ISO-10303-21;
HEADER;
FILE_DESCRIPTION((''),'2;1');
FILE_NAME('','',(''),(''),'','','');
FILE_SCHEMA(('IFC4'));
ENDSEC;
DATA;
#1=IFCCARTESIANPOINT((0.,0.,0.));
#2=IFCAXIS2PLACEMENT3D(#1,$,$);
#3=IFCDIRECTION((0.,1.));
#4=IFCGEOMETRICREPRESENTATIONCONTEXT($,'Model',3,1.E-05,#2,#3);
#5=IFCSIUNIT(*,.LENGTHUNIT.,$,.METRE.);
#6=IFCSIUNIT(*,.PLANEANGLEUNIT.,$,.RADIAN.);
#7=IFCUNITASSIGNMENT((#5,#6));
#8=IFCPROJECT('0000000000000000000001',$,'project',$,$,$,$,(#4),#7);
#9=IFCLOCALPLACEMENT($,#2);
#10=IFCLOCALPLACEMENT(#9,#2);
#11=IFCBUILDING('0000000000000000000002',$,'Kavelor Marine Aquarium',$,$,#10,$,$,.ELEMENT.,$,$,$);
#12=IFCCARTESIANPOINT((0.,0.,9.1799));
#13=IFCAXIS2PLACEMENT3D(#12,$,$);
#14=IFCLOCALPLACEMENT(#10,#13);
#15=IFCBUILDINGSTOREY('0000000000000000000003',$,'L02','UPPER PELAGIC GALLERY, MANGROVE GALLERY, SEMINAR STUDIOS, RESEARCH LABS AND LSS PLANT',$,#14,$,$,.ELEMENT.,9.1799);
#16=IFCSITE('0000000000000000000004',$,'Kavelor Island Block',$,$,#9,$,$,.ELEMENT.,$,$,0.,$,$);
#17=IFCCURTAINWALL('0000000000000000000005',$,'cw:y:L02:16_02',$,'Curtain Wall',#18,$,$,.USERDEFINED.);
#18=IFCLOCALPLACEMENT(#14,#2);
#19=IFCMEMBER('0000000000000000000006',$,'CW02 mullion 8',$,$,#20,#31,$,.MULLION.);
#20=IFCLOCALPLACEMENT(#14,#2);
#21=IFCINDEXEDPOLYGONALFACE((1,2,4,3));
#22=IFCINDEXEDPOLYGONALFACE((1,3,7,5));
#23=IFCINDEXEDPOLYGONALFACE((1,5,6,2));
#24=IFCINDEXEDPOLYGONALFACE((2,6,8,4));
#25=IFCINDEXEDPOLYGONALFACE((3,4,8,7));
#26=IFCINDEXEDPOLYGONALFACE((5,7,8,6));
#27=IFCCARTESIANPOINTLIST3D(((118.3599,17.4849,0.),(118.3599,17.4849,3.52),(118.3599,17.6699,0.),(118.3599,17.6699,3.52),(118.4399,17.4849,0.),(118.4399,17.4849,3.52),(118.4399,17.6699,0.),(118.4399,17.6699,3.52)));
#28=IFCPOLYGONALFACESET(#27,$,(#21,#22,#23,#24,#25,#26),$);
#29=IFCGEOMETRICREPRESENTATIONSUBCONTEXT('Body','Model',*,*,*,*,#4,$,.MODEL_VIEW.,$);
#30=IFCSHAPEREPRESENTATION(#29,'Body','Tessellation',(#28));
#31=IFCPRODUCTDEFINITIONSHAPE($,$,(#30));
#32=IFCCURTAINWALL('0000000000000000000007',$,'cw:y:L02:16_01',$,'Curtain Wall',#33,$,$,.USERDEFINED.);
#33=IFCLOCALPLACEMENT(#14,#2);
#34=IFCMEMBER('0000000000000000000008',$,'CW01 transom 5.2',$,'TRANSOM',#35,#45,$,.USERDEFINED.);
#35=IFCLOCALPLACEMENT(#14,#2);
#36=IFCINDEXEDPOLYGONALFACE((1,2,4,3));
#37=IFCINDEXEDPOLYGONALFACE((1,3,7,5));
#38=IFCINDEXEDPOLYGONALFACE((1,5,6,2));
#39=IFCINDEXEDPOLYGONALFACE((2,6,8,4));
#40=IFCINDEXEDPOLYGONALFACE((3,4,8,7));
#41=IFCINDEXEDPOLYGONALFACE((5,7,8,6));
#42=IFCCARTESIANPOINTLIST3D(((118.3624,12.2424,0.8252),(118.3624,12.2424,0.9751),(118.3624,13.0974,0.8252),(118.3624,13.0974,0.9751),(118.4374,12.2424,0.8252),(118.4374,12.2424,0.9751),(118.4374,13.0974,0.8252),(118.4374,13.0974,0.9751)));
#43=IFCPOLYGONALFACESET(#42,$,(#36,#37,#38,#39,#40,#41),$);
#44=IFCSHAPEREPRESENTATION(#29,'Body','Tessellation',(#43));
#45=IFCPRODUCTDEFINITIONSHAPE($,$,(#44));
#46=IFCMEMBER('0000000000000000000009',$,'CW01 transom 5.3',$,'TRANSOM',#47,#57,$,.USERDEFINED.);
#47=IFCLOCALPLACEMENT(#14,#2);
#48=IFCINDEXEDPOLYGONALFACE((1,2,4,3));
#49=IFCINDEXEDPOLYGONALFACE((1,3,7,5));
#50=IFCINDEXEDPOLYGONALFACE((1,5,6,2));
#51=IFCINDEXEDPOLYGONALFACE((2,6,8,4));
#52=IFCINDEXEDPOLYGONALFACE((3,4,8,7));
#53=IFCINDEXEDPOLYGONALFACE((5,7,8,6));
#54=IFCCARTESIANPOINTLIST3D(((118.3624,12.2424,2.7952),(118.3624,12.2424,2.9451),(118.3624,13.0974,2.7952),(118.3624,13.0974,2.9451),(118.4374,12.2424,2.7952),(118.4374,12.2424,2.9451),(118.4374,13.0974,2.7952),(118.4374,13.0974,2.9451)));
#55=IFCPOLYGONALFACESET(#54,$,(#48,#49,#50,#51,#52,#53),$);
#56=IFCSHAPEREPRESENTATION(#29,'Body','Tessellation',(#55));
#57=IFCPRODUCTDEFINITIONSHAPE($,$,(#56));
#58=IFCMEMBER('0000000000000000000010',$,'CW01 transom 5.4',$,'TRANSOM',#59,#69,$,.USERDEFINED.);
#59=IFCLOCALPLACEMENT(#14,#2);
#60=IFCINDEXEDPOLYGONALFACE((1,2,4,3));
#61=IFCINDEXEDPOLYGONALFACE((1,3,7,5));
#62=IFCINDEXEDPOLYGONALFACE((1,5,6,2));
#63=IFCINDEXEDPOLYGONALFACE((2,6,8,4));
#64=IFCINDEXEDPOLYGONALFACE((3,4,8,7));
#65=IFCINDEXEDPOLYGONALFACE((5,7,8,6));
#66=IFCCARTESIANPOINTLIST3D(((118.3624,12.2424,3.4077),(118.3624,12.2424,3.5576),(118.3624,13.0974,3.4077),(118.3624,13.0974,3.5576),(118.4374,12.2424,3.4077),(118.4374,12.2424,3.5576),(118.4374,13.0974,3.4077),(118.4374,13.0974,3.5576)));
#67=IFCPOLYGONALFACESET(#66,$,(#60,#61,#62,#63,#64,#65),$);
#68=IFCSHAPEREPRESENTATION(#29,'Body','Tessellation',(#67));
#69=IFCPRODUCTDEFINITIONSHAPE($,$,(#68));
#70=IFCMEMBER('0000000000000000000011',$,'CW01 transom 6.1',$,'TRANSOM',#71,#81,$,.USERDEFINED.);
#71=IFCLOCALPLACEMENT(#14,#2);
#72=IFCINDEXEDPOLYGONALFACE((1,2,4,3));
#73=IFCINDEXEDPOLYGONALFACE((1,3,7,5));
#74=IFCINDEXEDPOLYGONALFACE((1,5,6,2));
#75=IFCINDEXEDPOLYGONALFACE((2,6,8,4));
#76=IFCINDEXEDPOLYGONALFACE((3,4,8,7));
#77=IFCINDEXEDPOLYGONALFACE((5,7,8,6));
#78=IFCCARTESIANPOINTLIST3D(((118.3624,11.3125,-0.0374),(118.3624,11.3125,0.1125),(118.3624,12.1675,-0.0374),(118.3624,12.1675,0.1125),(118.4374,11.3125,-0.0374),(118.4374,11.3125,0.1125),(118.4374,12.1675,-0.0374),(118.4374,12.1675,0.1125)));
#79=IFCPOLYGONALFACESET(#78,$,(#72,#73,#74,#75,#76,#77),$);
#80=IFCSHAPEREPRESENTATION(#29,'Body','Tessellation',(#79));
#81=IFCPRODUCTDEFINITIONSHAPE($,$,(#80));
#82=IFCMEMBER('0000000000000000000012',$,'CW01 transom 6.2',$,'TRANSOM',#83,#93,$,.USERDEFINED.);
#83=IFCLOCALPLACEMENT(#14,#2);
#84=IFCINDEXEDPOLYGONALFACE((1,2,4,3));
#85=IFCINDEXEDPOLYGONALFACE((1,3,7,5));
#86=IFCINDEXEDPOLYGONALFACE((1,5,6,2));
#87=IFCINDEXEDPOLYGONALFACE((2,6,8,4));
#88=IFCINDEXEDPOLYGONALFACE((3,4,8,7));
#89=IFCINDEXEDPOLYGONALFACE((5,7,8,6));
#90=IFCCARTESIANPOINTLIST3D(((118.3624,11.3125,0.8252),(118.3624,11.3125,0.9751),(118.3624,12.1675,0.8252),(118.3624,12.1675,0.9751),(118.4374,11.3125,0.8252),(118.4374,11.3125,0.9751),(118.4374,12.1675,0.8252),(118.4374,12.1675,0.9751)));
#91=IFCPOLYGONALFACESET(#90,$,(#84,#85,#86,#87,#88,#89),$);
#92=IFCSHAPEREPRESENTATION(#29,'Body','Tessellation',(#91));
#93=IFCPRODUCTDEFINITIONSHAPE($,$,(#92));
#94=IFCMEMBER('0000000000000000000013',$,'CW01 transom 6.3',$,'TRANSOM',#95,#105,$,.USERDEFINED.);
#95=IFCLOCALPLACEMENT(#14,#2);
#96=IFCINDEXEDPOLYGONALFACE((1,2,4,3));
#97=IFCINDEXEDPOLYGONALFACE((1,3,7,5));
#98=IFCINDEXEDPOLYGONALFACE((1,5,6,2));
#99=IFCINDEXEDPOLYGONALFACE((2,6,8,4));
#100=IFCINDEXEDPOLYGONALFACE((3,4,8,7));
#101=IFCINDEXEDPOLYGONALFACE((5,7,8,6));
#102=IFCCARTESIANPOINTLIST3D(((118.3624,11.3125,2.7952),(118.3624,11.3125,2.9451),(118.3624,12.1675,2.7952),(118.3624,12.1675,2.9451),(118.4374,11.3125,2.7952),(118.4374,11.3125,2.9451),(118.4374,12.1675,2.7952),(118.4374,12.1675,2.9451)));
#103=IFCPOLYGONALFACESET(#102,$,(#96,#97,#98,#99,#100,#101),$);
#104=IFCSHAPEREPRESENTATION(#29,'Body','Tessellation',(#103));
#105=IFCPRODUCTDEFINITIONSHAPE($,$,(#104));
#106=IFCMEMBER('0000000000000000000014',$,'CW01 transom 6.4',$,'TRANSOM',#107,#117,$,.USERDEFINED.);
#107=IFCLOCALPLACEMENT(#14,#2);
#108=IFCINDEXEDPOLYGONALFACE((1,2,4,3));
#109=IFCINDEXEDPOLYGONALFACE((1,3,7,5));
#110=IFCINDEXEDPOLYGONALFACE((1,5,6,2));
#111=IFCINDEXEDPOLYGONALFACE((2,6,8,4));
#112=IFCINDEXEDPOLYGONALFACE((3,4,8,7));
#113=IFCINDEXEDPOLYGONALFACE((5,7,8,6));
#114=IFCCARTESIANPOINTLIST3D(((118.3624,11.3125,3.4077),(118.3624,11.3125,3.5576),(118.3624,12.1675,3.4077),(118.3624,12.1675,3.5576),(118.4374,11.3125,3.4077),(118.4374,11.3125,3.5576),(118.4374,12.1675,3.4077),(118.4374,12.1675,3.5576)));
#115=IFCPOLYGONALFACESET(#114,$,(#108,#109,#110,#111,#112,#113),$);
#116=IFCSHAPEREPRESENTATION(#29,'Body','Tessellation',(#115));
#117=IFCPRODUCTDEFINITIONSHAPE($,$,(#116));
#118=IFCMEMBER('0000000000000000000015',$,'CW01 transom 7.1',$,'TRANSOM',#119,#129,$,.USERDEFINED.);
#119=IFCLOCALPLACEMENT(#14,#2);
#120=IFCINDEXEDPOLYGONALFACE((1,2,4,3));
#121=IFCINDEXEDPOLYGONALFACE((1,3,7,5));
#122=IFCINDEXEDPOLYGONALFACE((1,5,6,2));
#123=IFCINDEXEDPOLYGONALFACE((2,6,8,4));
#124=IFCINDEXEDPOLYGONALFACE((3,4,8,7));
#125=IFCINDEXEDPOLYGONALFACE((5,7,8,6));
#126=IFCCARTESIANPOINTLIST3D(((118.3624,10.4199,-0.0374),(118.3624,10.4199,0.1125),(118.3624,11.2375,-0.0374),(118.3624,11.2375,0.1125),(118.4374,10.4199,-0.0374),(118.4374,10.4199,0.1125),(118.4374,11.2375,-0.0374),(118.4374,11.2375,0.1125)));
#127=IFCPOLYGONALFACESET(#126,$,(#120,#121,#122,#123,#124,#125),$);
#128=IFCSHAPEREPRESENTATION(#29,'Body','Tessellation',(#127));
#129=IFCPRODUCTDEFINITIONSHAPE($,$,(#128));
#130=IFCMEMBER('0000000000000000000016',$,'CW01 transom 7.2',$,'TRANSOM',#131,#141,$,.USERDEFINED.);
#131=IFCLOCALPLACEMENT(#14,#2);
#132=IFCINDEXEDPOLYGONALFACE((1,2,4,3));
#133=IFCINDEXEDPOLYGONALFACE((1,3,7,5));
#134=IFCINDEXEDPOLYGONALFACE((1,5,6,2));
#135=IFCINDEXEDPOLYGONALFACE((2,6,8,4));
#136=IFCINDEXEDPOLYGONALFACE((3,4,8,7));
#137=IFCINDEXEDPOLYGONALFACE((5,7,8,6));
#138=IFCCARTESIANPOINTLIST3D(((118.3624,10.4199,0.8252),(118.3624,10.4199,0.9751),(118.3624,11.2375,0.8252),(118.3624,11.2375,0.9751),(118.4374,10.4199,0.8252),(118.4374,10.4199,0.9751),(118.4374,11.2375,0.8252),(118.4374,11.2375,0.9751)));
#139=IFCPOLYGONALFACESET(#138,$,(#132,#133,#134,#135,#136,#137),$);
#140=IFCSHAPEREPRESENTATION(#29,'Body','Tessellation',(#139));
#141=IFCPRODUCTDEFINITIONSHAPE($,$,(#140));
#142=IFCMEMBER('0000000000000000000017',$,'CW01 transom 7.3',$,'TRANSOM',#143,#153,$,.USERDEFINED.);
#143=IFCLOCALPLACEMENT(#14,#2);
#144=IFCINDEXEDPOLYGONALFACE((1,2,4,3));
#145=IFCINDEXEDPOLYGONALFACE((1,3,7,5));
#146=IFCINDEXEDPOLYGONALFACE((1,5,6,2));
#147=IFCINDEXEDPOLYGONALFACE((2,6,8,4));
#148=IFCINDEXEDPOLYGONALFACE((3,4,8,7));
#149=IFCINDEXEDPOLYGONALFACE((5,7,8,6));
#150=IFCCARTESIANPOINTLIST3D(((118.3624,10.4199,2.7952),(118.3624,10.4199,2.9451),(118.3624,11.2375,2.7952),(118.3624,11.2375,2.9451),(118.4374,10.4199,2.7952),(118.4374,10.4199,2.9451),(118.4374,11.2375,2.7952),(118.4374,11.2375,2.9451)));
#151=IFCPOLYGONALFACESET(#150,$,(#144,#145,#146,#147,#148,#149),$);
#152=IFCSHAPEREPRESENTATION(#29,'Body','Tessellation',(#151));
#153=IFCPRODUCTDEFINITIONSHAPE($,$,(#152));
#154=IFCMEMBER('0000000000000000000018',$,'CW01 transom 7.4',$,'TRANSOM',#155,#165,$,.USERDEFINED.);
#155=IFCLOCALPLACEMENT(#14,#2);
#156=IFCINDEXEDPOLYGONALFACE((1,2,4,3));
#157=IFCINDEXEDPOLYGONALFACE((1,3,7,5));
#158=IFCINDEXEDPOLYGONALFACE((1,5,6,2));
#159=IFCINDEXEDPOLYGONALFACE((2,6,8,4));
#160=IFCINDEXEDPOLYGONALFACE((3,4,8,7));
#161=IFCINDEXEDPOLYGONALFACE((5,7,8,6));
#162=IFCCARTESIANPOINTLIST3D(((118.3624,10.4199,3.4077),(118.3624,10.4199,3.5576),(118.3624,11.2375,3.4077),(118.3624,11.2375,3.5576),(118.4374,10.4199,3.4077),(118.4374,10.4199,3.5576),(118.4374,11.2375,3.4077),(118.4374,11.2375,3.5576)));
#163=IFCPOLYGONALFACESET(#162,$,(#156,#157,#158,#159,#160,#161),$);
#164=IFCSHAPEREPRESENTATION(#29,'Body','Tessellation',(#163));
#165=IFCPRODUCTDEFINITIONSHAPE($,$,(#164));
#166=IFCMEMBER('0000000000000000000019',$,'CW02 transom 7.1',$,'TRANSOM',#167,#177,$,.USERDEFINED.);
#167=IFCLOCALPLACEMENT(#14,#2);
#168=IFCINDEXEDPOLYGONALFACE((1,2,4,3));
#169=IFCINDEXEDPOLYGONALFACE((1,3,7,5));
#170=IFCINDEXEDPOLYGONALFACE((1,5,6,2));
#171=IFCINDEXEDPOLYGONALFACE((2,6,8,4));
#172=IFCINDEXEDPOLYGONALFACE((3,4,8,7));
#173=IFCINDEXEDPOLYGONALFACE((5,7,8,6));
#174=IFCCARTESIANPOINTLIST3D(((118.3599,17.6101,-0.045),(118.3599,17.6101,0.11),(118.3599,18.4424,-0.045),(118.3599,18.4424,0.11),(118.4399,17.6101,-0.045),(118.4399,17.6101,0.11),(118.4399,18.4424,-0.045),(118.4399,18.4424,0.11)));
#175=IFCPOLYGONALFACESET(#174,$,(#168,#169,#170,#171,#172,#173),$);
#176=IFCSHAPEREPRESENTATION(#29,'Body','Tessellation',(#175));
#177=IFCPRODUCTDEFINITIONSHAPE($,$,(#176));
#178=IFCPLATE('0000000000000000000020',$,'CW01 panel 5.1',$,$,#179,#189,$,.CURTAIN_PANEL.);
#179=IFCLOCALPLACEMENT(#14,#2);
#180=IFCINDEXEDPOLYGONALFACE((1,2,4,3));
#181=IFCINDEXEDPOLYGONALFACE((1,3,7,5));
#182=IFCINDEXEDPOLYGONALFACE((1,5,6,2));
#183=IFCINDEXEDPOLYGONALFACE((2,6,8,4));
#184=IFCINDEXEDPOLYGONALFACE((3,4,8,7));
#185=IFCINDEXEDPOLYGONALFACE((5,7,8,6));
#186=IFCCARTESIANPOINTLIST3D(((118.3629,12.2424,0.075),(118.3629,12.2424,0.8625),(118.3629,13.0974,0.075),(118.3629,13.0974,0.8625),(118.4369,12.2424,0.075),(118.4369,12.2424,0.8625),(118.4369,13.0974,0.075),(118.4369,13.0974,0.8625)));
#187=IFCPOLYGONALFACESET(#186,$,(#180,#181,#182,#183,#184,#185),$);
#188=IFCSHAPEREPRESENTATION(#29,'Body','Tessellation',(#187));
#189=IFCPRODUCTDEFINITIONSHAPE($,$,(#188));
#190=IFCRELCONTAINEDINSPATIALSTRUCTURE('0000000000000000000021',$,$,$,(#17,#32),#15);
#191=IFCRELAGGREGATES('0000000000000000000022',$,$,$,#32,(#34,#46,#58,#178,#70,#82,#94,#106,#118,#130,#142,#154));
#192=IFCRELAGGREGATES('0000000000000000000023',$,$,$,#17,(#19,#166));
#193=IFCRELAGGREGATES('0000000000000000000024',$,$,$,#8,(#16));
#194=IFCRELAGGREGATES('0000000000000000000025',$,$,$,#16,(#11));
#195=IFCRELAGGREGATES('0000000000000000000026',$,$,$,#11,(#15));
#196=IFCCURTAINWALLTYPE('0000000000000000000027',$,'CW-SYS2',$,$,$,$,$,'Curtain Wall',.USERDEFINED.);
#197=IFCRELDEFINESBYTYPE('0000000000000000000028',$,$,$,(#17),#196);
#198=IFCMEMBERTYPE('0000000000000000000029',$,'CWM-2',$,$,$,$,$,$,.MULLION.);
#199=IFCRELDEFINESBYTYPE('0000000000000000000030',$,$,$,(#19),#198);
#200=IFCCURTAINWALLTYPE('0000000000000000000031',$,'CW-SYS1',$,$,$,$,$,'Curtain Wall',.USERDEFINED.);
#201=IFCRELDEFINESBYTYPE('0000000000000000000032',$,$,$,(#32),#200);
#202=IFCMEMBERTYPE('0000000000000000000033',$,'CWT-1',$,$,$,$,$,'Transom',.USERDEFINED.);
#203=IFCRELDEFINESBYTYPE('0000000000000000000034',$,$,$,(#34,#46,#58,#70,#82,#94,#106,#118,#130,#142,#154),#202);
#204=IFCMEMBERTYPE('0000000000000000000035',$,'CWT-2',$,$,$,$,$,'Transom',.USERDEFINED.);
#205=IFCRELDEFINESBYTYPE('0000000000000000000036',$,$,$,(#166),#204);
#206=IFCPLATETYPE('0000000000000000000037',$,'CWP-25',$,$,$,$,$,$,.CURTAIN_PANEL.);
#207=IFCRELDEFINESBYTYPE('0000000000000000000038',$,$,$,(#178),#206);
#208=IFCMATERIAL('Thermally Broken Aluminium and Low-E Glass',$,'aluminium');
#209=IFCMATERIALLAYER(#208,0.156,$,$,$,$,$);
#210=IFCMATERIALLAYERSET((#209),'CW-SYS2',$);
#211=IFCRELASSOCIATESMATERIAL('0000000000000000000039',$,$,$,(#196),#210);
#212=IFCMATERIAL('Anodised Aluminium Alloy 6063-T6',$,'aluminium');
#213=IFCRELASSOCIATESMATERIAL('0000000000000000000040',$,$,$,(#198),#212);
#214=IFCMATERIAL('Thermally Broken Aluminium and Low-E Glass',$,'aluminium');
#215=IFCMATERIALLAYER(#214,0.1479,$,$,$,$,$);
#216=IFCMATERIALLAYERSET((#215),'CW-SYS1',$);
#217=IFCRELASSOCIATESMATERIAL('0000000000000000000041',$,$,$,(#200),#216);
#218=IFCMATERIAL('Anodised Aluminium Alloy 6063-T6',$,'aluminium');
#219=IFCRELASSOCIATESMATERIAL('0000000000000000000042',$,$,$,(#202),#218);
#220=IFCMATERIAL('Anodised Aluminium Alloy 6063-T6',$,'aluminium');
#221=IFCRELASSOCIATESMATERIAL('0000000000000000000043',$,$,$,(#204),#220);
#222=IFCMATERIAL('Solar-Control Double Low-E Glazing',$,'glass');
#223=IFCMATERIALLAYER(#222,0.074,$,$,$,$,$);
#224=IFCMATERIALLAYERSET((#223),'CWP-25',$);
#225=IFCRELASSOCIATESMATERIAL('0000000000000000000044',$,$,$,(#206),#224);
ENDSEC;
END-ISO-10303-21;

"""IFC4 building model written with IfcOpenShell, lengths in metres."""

from ifc_helpers import new_model, si_unit, direction, frame, origin, origin_2d, place, context, subcontext, project, spatial, rectangle, extrude, material, layer, layer_set, material_profile, profile_set, type_object, element, aggregate, save


model = new_model("IFC4")

# Units and contexts
model_context = context("Model", 3, precision=1e-05, world=origin(), true_north=direction((0.0, 1.0)))
body_context = subcontext(model_context, "Body", "Model", "MODEL_VIEW")
ifc_project = project(units=[si_unit("LENGTHUNIT", "METRE"), si_unit("PLANEANGLEUNIT", "RADIAN")], contexts=[model_context])

# Site, building, storey
site_placement = place(None, origin())
site = spatial("IfcSite", under=ifc_project, at=site_placement, Name="Kavelor Island Block", CompositionType="ELEMENT", RefElevation=0.0)
building_placement = place(site_placement, origin())
building = spatial("IfcBuilding", under=site, at=building_placement, Name="Kavelor Marine Aquarium", CompositionType="ELEMENT")
storey_placement = place(building_placement, frame((0.0, 0.0, 9.1799)))
storey = spatial("IfcBuildingStorey", under=building, at=storey_placement, Name="L02", Description="UPPER PELAGIC GALLERY, MANGROVE GALLERY, SEMINAR STUDIOS, RESEARCH LABS AND LSS PLANT", CompositionType="ELEMENT", Elevation=9.1799)

# Curtain wall, member
ifc_material_1 = material(Name="Thermally Broken Aluminium and Low-E Glass", Category="aluminium")
ifc_layer_1 = layer(ifc_material_1, 0.156)
ifc_layer_set_1 = layer_set([ifc_layer_1], Name="CW-SYS2")
curtain_wall_type_1 = type_object("IfcCurtainWallType", Name="CW-SYS2", ElementType="Curtain Wall", PredefinedType="USERDEFINED", material=ifc_layer_set_1)
curtain_wall_1_placement = place(storey_placement, origin())
curtain_wall_1 = element("IfcCurtainWall", 1, at=curtain_wall_1_placement, inside=storey, type_object=curtain_wall_type_1, Name="cw:y:L02:16_02", ObjectType="Curtain Wall", PredefinedType="USERDEFINED")
ifc_material_2 = material(Name="Anodised Aluminium Alloy 6063-T6", Category="aluminium")
ifc_material_profile_1 = material_profile(ifc_material_2, rectangle(XDim=0.0801, YDim=0.1851, at=origin_2d()), Name="CW-MUL 80x185")
ifc_profile_set_1 = profile_set([ifc_material_profile_1], Name="Anodised Aluminium Alloy 6063-T6")
member_type_1 = type_object("IfcMemberType", Name="CWM-2", PredefinedType="MULLION", material=ifc_profile_set_1)
member_1_placement = place(storey_placement, frame((118.3999, 17.5774, 0.0), z_axis=(0.0, 0.0, 1.0), x_axis=(1.0, 0.0, 0.0)))
member_1 = element("IfcMember", 2, at=member_1_placement, type_object=member_type_1, Name="CW02 mullion 8", PredefinedType="MULLION", context=body_context, shape_type="SweptSolid", body=[
    extrude(rectangle(XDim=0.0801, YDim=0.1851, at=origin_2d()), origin(), (0.0, 0.0, 1.0), 3.52),
])

# Curtain wall, members
ifc_material_3 = material(Name="Thermally Broken Aluminium and Low-E Glass", Category="aluminium")
ifc_layer_2 = layer(ifc_material_3, 0.1479)
ifc_layer_set_2 = layer_set([ifc_layer_2], Name="CW-SYS1")
curtain_wall_type_2 = type_object("IfcCurtainWallType", Name="CW-SYS1", ElementType="Curtain Wall", PredefinedType="USERDEFINED", material=ifc_layer_set_2)
curtain_wall_2_placement = place(storey_placement, origin())
curtain_wall_2 = element("IfcCurtainWall", 3, at=curtain_wall_2_placement, inside=storey, type_object=curtain_wall_type_2, Name="cw:y:L02:16_01", ObjectType="Curtain Wall", PredefinedType="USERDEFINED")
ifc_material_4 = material(Name="Anodised Aluminium Alloy 6063-T6", Category="aluminium")
ifc_material_profile_2 = material_profile(ifc_material_4, rectangle(XDim=0.075, YDim=0.1499, at=origin_2d()), Name="CW-TRN 75x150")
ifc_profile_set_2 = profile_set([ifc_material_profile_2], Name="Anodised Aluminium Alloy 6063-T6")
member_type_2 = type_object("IfcMemberType", Name="CWT-1", ElementType="Transom", PredefinedType="USERDEFINED", material=ifc_profile_set_2)
member_2_placement = place(storey_placement, frame((118.3999, 13.0974, 0.9001), z_axis=(0.0, -1.0, 0.0), x_axis=(1.0, 0.0, 0.0)))
member_2 = element("IfcMember", 4, at=member_2_placement, type_object=member_type_2, Name="CW01 transom 5.2", ObjectType="TRANSOM", PredefinedType="USERDEFINED", context=body_context, shape_type="SweptSolid", body=[
    extrude(rectangle(XDim=0.075, YDim=0.1499, at=origin_2d()), origin(), (0.0, 0.0, 1.0), 0.855),
])
member_3_placement = place(storey_placement, frame((118.3999, 13.0974, 2.8701), z_axis=(0.0, -1.0, 0.0), x_axis=(1.0, 0.0, 0.0)))
member_3 = element("IfcMember", 5, at=member_3_placement, type_object=member_type_2, Name="CW01 transom 5.3", ObjectType="TRANSOM", PredefinedType="USERDEFINED", context=body_context, shape_type="SweptSolid", body=[
    extrude(rectangle(XDim=0.075, YDim=0.1499, at=origin_2d()), origin(), (0.0, 0.0, 1.0), 0.855),
])
member_4_placement = place(storey_placement, frame((118.3999, 13.0974, 3.4827), z_axis=(0.0, -1.0, 0.0), x_axis=(1.0, 0.0, 0.0)))
member_4 = element("IfcMember", 6, at=member_4_placement, type_object=member_type_2, Name="CW01 transom 5.4", ObjectType="TRANSOM", PredefinedType="USERDEFINED", context=body_context, shape_type="SweptSolid", body=[
    extrude(rectangle(XDim=0.075, YDim=0.1499, at=origin_2d()), origin(), (0.0, 0.0, 1.0), 0.855),
])
member_5_placement = place(storey_placement, frame((118.3999, 12.1675, 0.0376), z_axis=(0.0, -1.0, 0.0), x_axis=(1.0, 0.0, 0.0)))
member_5 = element("IfcMember", 7, at=member_5_placement, type_object=member_type_2, Name="CW01 transom 6.1", ObjectType="TRANSOM", PredefinedType="USERDEFINED", context=body_context, shape_type="SweptSolid", body=[
    extrude(rectangle(XDim=0.075, YDim=0.1499, at=origin_2d()), origin(), (0.0, 0.0, 1.0), 0.855),
])
member_6_placement = place(storey_placement, frame((118.3999, 12.1675, 0.9001), z_axis=(0.0, -1.0, 0.0), x_axis=(1.0, 0.0, 0.0)))
member_6 = element("IfcMember", 8, at=member_6_placement, type_object=member_type_2, Name="CW01 transom 6.2", ObjectType="TRANSOM", PredefinedType="USERDEFINED", context=body_context, shape_type="SweptSolid", body=[
    extrude(rectangle(XDim=0.075, YDim=0.1499, at=origin_2d()), origin(), (0.0, 0.0, 1.0), 0.855),
])
member_7_placement = place(storey_placement, frame((118.3999, 12.1675, 2.8701), z_axis=(0.0, -1.0, 0.0), x_axis=(1.0, 0.0, 0.0)))
member_7 = element("IfcMember", 9, at=member_7_placement, type_object=member_type_2, Name="CW01 transom 6.3", ObjectType="TRANSOM", PredefinedType="USERDEFINED", context=body_context, shape_type="SweptSolid", body=[
    extrude(rectangle(XDim=0.075, YDim=0.1499, at=origin_2d()), origin(), (0.0, 0.0, 1.0), 0.855),
])
member_8_placement = place(storey_placement, frame((118.3999, 12.1675, 3.4827), z_axis=(0.0, -1.0, 0.0), x_axis=(1.0, 0.0, 0.0)))
member_8 = element("IfcMember", 10, at=member_8_placement, type_object=member_type_2, Name="CW01 transom 6.4", ObjectType="TRANSOM", PredefinedType="USERDEFINED", context=body_context, shape_type="SweptSolid", body=[
    extrude(rectangle(XDim=0.075, YDim=0.1499, at=origin_2d()), origin(), (0.0, 0.0, 1.0), 0.855),
])
member_9_placement = place(storey_placement, frame((118.3999, 11.2375, 0.0376), z_axis=(0.0, -1.0, 0.0), x_axis=(1.0, 0.0, 0.0)))
member_9 = element("IfcMember", 11, at=member_9_placement, type_object=member_type_2, Name="CW01 transom 7.1", ObjectType="TRANSOM", PredefinedType="USERDEFINED", context=body_context, shape_type="SweptSolid", body=[
    extrude(rectangle(XDim=0.075, YDim=0.1499, at=origin_2d()), origin(), (0.0, 0.0, 1.0), 0.8176),
])
member_10_placement = place(storey_placement, frame((118.3999, 11.2375, 0.9001), z_axis=(0.0, -1.0, 0.0), x_axis=(1.0, 0.0, 0.0)))
member_10 = element("IfcMember", 12, at=member_10_placement, type_object=member_type_2, Name="CW01 transom 7.2", ObjectType="TRANSOM", PredefinedType="USERDEFINED", context=body_context, shape_type="SweptSolid", body=[
    extrude(rectangle(XDim=0.075, YDim=0.1499, at=origin_2d()), origin(), (0.0, 0.0, 1.0), 0.8176),
])
member_11_placement = place(storey_placement, frame((118.3999, 11.2375, 2.8701), z_axis=(0.0, -1.0, 0.0), x_axis=(1.0, 0.0, 0.0)))
member_11 = element("IfcMember", 13, at=member_11_placement, type_object=member_type_2, Name="CW01 transom 7.3", ObjectType="TRANSOM", PredefinedType="USERDEFINED", context=body_context, shape_type="SweptSolid", body=[
    extrude(rectangle(XDim=0.075, YDim=0.1499, at=origin_2d()), origin(), (0.0, 0.0, 1.0), 0.8176),
])
member_12_placement = place(storey_placement, frame((118.3999, 11.2375, 3.4827), z_axis=(0.0, -1.0, 0.0), x_axis=(1.0, 0.0, 0.0)))
member_12 = element("IfcMember", 14, at=member_12_placement, type_object=member_type_2, Name="CW01 transom 7.4", ObjectType="TRANSOM", PredefinedType="USERDEFINED", context=body_context, shape_type="SweptSolid", body=[
    extrude(rectangle(XDim=0.075, YDim=0.1499, at=origin_2d()), origin(), (0.0, 0.0, 1.0), 0.8176),
])

# Member
ifc_material_5 = material(Name="Anodised Aluminium Alloy 6063-T6", Category="aluminium")
ifc_material_profile_3 = material_profile(ifc_material_5, rectangle(XDim=0.0801, YDim=0.155, at=origin_2d()), Name="CW-TRN 80x155")
ifc_profile_set_3 = profile_set([ifc_material_profile_3], Name="Anodised Aluminium Alloy 6063-T6")
member_type_3 = type_object("IfcMemberType", Name="CWT-2", ElementType="Transom", PredefinedType="USERDEFINED", material=ifc_profile_set_3)
member_13_placement = place(storey_placement, frame((118.3999, 18.4424, 0.0325), z_axis=(0.0, -1.0, 0.0), x_axis=(1.0, 0.0, 0.0)))
member_13 = element("IfcMember", 15, at=member_13_placement, type_object=member_type_3, Name="CW02 transom 7.1", ObjectType="TRANSOM", PredefinedType="USERDEFINED", context=body_context, shape_type="SweptSolid", body=[
    extrude(rectangle(XDim=0.0801, YDim=0.155, at=origin_2d()), origin(), (0.0, 0.0, 1.0), 0.8323),
])

# Plate
ifc_material_6 = material(Name="Solar-Control Double Low-E Glazing", Category="glass")
ifc_layer_3 = layer(ifc_material_6, 0.074)
ifc_layer_set_3 = layer_set([ifc_layer_3], Name="CWP-25")
plate_type_1 = type_object("IfcPlateType", Name="CWP-25", PredefinedType="CURTAIN_PANEL", material=ifc_layer_set_3)
plate_1_placement = place(storey_placement, frame((118.3999, 12.6699, 0.075), z_axis=(0.0, 0.0, 1.0), x_axis=(0.0, -1.0, 0.0)))
plate_1 = element("IfcPlate", 16, at=plate_1_placement, type_object=plate_type_1, Name="CW01 panel 5.1", PredefinedType="CURTAIN_PANEL", context=body_context, shape_type="SweptSolid", body=[
    extrude(rectangle(XDim=0.855, YDim=0.074, at=origin_2d()), origin(), (0.0, 0.0, 1.0), 0.7876),
])
aggregate(curtain_wall_2, [member_2, member_3, member_4, plate_1, member_5, member_6, member_7, member_8, member_9, member_10, member_11, member_12])
aggregate(curtain_wall_1, [member_1, member_13])

save(model, "model.ifc")
